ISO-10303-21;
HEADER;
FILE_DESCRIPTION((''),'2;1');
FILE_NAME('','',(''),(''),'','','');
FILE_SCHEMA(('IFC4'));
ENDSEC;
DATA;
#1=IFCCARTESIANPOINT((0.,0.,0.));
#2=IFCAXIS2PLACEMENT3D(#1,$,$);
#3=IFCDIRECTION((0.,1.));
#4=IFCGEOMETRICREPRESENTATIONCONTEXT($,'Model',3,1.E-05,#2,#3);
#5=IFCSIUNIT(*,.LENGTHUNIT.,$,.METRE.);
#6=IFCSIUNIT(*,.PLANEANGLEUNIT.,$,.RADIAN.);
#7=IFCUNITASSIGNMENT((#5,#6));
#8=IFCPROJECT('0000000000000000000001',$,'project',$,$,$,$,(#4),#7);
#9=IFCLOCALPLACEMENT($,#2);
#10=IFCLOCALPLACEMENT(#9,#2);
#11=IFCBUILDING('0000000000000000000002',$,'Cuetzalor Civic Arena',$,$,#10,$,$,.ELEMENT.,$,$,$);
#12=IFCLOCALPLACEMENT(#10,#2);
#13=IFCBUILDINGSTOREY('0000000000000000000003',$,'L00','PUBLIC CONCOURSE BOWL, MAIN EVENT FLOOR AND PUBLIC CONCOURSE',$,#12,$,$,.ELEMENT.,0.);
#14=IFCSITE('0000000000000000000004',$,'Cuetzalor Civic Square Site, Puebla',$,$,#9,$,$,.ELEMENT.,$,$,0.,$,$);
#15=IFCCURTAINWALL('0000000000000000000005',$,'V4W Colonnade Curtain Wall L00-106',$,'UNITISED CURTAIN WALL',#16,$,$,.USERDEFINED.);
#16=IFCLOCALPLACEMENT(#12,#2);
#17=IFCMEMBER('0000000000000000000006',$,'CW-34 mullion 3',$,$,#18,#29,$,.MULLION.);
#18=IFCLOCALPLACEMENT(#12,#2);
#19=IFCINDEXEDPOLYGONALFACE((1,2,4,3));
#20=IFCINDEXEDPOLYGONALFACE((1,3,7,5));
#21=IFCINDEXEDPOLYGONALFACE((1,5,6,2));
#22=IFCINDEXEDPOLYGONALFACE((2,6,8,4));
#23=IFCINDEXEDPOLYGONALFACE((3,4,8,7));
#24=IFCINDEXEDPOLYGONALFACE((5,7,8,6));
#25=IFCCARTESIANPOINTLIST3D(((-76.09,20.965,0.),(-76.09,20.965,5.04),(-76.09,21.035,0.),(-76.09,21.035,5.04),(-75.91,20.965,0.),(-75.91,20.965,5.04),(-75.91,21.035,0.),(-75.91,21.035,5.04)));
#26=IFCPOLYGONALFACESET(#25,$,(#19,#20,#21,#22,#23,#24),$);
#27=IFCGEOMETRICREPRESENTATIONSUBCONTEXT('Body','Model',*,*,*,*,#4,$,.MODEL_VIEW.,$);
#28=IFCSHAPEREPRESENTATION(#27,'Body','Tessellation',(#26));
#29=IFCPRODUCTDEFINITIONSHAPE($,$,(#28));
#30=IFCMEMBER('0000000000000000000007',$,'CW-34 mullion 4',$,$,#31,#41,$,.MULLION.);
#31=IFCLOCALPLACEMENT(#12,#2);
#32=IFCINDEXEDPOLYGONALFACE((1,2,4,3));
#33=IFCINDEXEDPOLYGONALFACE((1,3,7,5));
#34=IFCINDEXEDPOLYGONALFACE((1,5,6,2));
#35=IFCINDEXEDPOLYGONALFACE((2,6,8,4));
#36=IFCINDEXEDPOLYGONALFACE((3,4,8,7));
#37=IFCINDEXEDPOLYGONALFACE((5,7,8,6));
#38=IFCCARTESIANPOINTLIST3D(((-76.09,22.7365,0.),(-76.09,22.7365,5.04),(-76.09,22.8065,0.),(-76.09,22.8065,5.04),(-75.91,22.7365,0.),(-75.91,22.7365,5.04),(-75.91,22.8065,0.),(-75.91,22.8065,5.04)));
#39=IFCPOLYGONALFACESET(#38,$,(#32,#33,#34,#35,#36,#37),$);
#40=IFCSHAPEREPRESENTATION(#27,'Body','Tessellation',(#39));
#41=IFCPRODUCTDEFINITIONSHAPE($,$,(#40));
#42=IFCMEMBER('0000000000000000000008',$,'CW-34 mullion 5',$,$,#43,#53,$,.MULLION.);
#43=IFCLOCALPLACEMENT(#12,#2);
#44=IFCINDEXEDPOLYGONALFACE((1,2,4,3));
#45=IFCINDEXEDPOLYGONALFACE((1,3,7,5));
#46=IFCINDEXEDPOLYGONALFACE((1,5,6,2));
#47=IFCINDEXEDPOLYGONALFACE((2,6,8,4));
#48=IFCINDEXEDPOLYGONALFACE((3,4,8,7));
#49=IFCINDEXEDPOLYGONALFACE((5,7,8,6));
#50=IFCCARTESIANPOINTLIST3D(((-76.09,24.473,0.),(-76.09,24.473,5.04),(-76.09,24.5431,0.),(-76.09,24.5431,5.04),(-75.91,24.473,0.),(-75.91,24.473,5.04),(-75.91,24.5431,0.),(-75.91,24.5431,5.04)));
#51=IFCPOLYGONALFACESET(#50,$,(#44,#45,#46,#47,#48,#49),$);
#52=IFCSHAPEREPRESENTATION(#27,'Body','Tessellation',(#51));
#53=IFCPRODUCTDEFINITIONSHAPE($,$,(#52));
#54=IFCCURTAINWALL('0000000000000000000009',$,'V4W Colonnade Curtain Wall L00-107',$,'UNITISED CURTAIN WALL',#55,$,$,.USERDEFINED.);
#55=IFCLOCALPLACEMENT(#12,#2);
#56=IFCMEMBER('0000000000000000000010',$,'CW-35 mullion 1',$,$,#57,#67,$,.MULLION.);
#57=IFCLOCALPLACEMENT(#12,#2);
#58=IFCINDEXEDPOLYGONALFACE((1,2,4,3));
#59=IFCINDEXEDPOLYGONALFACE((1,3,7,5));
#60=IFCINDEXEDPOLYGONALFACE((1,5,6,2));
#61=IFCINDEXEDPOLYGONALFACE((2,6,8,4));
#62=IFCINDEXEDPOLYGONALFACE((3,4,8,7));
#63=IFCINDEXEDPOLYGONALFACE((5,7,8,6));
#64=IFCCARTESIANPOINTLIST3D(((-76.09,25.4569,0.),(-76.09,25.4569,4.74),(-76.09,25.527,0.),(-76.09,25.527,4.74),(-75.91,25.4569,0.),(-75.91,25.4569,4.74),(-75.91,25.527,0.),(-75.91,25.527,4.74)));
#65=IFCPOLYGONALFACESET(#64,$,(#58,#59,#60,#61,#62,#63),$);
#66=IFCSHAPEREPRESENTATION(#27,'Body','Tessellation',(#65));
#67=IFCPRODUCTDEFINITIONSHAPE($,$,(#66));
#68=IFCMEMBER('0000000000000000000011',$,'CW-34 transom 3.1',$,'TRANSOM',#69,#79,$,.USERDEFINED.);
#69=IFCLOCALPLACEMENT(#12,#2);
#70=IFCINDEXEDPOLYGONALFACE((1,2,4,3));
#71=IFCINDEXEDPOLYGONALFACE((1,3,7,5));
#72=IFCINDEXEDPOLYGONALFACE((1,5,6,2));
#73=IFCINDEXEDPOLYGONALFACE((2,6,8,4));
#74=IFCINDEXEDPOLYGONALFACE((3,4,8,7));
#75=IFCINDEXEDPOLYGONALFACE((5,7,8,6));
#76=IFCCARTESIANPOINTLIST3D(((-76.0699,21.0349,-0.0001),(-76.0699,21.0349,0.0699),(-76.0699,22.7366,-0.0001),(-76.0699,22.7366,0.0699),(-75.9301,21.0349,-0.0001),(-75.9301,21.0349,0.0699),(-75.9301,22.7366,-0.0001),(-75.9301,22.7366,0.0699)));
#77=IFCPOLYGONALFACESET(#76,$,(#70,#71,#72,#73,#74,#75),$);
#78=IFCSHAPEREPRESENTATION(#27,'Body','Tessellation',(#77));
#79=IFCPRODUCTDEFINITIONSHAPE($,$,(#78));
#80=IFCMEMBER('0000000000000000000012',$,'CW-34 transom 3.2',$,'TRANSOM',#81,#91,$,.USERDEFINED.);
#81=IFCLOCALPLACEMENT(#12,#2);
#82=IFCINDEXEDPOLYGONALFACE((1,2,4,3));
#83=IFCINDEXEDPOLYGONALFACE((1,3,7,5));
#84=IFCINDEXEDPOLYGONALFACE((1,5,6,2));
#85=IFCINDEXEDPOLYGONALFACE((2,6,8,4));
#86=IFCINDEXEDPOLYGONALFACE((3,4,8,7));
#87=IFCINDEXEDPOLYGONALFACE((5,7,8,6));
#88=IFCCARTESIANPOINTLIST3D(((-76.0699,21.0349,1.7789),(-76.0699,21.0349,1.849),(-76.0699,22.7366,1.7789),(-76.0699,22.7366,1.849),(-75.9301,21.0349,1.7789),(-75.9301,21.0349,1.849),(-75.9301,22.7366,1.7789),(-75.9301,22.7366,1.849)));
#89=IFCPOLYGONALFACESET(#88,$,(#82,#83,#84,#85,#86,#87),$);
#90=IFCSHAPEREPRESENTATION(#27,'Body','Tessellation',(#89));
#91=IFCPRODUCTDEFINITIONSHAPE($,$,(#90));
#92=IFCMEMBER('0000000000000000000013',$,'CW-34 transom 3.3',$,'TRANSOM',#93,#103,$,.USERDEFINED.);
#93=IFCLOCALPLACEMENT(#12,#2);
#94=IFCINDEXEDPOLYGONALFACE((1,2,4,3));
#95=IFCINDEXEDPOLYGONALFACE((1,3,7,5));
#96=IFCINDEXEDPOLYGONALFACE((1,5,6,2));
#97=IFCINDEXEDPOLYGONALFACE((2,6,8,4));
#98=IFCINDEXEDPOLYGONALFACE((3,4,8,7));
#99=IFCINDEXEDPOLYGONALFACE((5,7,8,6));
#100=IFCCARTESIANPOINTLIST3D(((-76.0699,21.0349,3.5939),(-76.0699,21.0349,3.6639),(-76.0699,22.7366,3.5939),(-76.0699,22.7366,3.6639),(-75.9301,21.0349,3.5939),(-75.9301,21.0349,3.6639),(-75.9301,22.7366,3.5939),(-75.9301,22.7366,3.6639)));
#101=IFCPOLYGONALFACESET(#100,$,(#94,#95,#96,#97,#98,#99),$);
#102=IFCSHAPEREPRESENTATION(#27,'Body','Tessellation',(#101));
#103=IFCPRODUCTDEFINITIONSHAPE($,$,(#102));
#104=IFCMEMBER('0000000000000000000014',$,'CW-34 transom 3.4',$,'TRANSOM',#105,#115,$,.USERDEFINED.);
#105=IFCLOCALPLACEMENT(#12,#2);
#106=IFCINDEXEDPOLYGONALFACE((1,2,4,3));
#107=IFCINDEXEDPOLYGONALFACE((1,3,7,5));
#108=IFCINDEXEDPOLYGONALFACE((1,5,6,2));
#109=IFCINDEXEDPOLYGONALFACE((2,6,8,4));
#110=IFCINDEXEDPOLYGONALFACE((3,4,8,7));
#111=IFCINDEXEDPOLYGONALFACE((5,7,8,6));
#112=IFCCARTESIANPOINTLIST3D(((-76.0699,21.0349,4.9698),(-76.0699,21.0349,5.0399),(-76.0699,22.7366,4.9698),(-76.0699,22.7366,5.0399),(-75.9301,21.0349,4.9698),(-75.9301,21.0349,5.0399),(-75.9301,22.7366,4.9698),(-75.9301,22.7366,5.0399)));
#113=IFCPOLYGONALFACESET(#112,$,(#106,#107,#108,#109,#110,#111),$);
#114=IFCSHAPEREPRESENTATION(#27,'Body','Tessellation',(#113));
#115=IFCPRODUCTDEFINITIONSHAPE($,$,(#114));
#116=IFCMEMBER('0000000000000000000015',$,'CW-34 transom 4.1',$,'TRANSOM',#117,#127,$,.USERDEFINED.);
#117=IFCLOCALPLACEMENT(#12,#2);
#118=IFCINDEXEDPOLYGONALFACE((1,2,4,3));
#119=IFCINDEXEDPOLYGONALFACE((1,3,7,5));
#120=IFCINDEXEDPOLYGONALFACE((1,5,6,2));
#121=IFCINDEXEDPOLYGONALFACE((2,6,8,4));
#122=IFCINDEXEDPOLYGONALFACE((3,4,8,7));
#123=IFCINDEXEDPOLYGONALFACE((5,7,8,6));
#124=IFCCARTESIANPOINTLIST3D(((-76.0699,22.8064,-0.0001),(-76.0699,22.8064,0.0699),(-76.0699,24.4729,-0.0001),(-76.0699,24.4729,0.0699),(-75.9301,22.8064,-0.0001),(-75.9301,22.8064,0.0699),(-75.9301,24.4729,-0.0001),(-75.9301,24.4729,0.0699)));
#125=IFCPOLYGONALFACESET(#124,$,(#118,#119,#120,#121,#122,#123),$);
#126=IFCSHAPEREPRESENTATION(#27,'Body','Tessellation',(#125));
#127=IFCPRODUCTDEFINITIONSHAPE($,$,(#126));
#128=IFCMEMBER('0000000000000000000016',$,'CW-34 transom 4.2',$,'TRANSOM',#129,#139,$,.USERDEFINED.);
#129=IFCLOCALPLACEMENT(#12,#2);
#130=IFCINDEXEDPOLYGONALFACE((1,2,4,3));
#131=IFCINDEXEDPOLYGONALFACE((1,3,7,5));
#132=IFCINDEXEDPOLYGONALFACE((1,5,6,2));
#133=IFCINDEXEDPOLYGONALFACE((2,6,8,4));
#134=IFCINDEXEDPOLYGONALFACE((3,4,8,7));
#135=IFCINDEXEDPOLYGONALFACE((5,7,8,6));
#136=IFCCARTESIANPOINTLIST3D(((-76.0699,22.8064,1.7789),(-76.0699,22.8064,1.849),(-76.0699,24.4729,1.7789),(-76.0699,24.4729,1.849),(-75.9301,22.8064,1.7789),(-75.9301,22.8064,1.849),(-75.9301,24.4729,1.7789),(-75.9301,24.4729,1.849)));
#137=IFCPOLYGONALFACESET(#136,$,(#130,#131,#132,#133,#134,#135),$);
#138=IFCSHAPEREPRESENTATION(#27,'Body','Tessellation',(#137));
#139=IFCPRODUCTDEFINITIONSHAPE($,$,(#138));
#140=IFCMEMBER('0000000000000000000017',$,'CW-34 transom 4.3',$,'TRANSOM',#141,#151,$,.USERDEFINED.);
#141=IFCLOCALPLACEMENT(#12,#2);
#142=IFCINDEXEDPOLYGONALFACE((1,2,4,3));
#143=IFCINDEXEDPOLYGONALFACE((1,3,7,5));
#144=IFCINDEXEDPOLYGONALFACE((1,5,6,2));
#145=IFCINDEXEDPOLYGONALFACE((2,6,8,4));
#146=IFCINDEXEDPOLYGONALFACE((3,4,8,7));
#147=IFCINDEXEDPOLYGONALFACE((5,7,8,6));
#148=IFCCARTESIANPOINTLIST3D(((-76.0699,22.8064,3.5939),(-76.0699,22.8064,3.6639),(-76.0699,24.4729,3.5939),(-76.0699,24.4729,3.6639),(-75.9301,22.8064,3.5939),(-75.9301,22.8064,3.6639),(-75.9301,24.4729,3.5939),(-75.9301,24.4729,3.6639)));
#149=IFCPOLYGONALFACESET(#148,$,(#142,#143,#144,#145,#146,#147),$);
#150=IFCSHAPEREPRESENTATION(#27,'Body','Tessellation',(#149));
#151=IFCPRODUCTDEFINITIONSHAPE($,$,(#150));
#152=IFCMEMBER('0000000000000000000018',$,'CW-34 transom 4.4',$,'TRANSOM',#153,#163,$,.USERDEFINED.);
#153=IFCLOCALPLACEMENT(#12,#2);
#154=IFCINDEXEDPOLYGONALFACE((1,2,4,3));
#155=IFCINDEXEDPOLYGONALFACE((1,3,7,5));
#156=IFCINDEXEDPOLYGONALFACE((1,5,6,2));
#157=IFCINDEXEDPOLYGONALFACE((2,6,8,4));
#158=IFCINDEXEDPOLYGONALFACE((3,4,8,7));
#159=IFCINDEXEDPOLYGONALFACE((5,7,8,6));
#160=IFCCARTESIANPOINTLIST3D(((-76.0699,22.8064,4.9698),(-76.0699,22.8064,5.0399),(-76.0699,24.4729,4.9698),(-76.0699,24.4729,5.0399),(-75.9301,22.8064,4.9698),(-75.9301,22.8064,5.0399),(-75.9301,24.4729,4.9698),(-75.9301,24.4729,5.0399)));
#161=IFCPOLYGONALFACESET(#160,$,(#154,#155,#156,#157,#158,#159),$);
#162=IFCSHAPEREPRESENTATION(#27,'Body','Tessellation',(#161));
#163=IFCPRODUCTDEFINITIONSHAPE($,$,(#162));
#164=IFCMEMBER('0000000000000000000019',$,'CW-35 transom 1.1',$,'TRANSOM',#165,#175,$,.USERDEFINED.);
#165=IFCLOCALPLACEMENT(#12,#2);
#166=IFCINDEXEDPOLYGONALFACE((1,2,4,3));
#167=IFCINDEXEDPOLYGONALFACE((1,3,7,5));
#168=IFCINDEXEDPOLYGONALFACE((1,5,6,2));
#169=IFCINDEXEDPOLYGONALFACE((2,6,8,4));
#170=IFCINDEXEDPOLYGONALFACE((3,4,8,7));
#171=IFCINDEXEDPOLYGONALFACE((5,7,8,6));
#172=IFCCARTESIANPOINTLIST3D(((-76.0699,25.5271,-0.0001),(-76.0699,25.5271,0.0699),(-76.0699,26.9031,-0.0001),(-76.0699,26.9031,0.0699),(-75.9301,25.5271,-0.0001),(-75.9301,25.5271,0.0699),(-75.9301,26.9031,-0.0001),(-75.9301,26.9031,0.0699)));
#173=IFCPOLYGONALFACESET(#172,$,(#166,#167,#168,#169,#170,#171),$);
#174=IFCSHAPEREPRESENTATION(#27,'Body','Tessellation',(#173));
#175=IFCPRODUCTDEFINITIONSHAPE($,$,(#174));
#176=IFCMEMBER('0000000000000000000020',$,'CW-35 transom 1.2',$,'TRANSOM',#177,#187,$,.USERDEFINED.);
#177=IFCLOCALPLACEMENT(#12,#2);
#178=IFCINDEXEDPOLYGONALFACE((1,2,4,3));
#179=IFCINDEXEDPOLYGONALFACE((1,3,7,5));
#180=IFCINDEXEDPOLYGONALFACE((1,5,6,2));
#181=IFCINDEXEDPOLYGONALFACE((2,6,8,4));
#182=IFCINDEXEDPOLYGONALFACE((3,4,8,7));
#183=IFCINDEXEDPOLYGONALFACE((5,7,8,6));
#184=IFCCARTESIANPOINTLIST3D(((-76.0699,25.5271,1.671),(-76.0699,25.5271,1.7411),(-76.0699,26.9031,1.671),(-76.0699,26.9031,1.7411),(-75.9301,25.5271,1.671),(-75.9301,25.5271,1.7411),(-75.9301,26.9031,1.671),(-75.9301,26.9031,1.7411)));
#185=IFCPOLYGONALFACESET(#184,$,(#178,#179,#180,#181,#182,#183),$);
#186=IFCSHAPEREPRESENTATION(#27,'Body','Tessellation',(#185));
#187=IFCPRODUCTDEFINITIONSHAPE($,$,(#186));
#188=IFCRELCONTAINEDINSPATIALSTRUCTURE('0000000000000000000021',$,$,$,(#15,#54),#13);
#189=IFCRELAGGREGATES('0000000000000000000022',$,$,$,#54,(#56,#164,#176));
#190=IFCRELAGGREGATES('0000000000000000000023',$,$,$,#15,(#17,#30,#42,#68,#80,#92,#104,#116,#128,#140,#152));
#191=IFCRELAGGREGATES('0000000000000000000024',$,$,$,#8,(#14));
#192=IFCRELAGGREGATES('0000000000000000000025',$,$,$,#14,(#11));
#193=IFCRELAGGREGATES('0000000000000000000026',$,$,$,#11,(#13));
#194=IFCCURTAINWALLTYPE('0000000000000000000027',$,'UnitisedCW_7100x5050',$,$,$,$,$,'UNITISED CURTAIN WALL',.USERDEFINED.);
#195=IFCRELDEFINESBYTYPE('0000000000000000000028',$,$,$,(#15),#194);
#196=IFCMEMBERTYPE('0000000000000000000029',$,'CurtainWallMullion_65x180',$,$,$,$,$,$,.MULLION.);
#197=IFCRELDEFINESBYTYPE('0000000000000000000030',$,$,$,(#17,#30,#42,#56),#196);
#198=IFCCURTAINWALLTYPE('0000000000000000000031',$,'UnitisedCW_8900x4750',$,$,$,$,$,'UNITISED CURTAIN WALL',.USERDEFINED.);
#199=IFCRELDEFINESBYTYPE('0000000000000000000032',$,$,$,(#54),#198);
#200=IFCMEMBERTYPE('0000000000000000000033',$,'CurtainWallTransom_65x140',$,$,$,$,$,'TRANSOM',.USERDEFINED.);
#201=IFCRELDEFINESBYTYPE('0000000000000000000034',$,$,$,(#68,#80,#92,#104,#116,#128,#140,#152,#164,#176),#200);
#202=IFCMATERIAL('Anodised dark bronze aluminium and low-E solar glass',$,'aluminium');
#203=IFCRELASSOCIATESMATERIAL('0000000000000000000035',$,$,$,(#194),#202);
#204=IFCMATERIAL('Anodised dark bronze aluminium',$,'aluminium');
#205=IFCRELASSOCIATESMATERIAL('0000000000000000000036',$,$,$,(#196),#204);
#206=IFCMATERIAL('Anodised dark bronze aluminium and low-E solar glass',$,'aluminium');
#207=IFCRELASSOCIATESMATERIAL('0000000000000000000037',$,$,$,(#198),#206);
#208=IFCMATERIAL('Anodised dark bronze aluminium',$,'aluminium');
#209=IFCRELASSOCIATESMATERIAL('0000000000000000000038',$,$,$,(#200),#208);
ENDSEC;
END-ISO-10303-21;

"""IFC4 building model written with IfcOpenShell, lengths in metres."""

from ifc_helpers import new_model, si_unit, direction, frame, origin, origin_2d, place, context, subcontext, project, spatial, rectangle, extrude, material, material_profile, profile_set, type_object, element, aggregate, save


model = new_model("IFC4")

# Units and contexts
model_context = context("Model", 3, precision=1e-05, world=origin(), true_north=direction((0.0, 1.0)))
body_context = subcontext(model_context, "Body", "Model", "MODEL_VIEW")
ifc_project = project(units=[si_unit("LENGTHUNIT", "METRE"), si_unit("PLANEANGLEUNIT", "RADIAN")], contexts=[model_context])

# Site, building, storey
site_placement = place(None, origin())
site = spatial("IfcSite", under=ifc_project, at=site_placement, Name="Cuetzalor Civic Square Site, Puebla", CompositionType="ELEMENT", RefElevation=0.0)
building_placement = place(site_placement, origin())
building = spatial("IfcBuilding", under=site, at=building_placement, Name="Cuetzalor Civic Arena", CompositionType="ELEMENT")
storey_placement = place(building_placement, origin())
storey = spatial("IfcBuildingStorey", under=building, at=storey_placement, Name="L00", Description="PUBLIC CONCOURSE BOWL, MAIN EVENT FLOOR AND PUBLIC CONCOURSE", CompositionType="ELEMENT", Elevation=0.0)

# Curtain wall, members
ifc_material_1 = material(Name="Anodised dark bronze aluminium and low-E solar glass", Category="aluminium")
curtain_wall_type_1 = type_object("IfcCurtainWallType", Name="UnitisedCW_7100x5050", ElementType="UNITISED CURTAIN WALL", PredefinedType="USERDEFINED", material=ifc_material_1)
curtain_wall_1_placement = place(storey_placement, origin())
curtain_wall_1 = element("IfcCurtainWall", 1, at=curtain_wall_1_placement, inside=storey, type_object=curtain_wall_type_1, Name="V4W Colonnade Curtain Wall L00-106", ObjectType="UNITISED CURTAIN WALL", PredefinedType="USERDEFINED")
ifc_material_2 = material(Name="Anodised dark bronze aluminium", Category="aluminium")
ifc_material_profile_1 = material_profile(ifc_material_2, rectangle(XDim=0.0701, YDim=0.1799, at=origin_2d()), Name="ALU MULLION 70x180")
ifc_profile_set_1 = profile_set([ifc_material_profile_1], Name="Anodised dark bronze aluminium")
member_type_1 = type_object("IfcMemberType", Name="CurtainWallMullion_65x180", PredefinedType="MULLION", material=ifc_profile_set_1)
member_1_placement = place(storey_placement, frame((-76.0, 21.0, 0.0), z_axis=(0.0, 0.0, 1.0), x_axis=(0.0, 1.0, 0.0)))
member_1 = element("IfcMember", 2, at=member_1_placement, type_object=member_type_1, Name="CW-34 mullion 3", PredefinedType="MULLION", context=body_context, shape_type="SweptSolid", body=[
    extrude(rectangle(XDim=0.0701, YDim=0.1799, at=origin_2d()), origin(), (0.0, 0.0, 1.0), 5.04),
])
member_2_placement = place(storey_placement, frame((-76.0, 22.7715, 0.0), z_axis=(0.0, 0.0, 1.0), x_axis=(0.0, 1.0, 0.0)))
member_2 = element("IfcMember", 3, at=member_2_placement, type_object=member_type_1, Name="CW-34 mullion 4", PredefinedType="MULLION", context=body_context, shape_type="SweptSolid", body=[
    extrude(rectangle(XDim=0.0701, YDim=0.1799, at=origin_2d()), origin(), (0.0, 0.0, 1.0), 5.04),
])
member_3_placement = place(storey_placement, frame((-76.0, 24.5081, 0.0), z_axis=(0.0, 0.0, 1.0), x_axis=(0.0, 1.0, 0.0)))
member_3 = element("IfcMember", 4, at=member_3_placement, type_object=member_type_1, Name="CW-34 mullion 5", PredefinedType="MULLION", context=body_context, shape_type="SweptSolid", body=[
    extrude(rectangle(XDim=0.0701, YDim=0.1799, at=origin_2d()), origin(), (0.0, 0.0, 1.0), 5.04),
])

# Curtain wall, member
ifc_material_3 = material(Name="Anodised dark bronze aluminium and low-E solar glass", Category="aluminium")
curtain_wall_type_2 = type_object("IfcCurtainWallType", Name="UnitisedCW_8900x4750", ElementType="UNITISED CURTAIN WALL", PredefinedType="USERDEFINED", material=ifc_material_3)
curtain_wall_2_placement = place(storey_placement, origin())
curtain_wall_2 = element("IfcCurtainWall", 5, at=curtain_wall_2_placement, inside=storey, type_object=curtain_wall_type_2, Name="V4W Colonnade Curtain Wall L00-107", ObjectType="UNITISED CURTAIN WALL", PredefinedType="USERDEFINED")
member_4_placement = place(storey_placement, frame((-76.0, 25.4919, 0.0), z_axis=(0.0, 0.0, 1.0), x_axis=(0.0, 1.0, 0.0)))
member_4 = element("IfcMember", 6, at=member_4_placement, type_object=member_type_1, Name="CW-35 mullion 1", PredefinedType="MULLION", context=body_context, shape_type="SweptSolid", body=[
    extrude(rectangle(XDim=0.0701, YDim=0.1799, at=origin_2d()), origin(), (0.0, 0.0, 1.0), 4.74),
])

# Members
ifc_material_4 = material(Name="Anodised dark bronze aluminium", Category="aluminium")
ifc_material_profile_2 = material_profile(ifc_material_4, rectangle(XDim=0.1399, YDim=0.0701, at=origin_2d()), Name="ALU TRANSOM 70x140")
ifc_profile_set_2 = profile_set([ifc_material_profile_2], Name="Anodised dark bronze aluminium")
member_type_2 = type_object("IfcMemberType", Name="CurtainWallTransom_65x140", ElementType="TRANSOM", PredefinedType="USERDEFINED", material=ifc_profile_set_2)
member_5_placement = place(storey_placement, frame((-76.0, 21.0349, 0.0349), z_axis=(0.0, 1.0, 0.0), x_axis=(-1.0, 0.0, 0.0)))
member_5 = element("IfcMember", 7, at=member_5_placement, type_object=member_type_2, Name="CW-34 transom 3.1", ObjectType="TRANSOM", PredefinedType="USERDEFINED", context=body_context, shape_type="SweptSolid", body=[
    extrude(rectangle(XDim=0.1399, YDim=0.0701, at=origin_2d()), origin(), (0.0, 0.0, 1.0), 1.7017),
])
member_6_placement = place(storey_placement, frame((-76.0, 21.0349, 1.814), z_axis=(0.0, 1.0, 0.0), x_axis=(-1.0, 0.0, 0.0)))
member_6 = element("IfcMember", 8, at=member_6_placement, type_object=member_type_2, Name="CW-34 transom 3.2", ObjectType="TRANSOM", PredefinedType="USERDEFINED", context=body_context, shape_type="SweptSolid", body=[
    extrude(rectangle(XDim=0.1399, YDim=0.0701, at=origin_2d()), origin(), (0.0, 0.0, 1.0), 1.7017),
])
member_7_placement = place(storey_placement, frame((-76.0, 21.0349, 3.6289), z_axis=(0.0, 1.0, 0.0), x_axis=(-1.0, 0.0, 0.0)))
member_7 = element("IfcMember", 9, at=member_7_placement, type_object=member_type_2, Name="CW-34 transom 3.3", ObjectType="TRANSOM", PredefinedType="USERDEFINED", context=body_context, shape_type="SweptSolid", body=[
    extrude(rectangle(XDim=0.1399, YDim=0.0701, at=origin_2d()), origin(), (0.0, 0.0, 1.0), 1.7017),
])
member_8_placement = place(storey_placement, frame((-76.0, 21.0349, 5.0049), z_axis=(0.0, 1.0, 0.0), x_axis=(-1.0, 0.0, 0.0)))
member_8 = element("IfcMember", 10, at=member_8_placement, type_object=member_type_2, Name="CW-34 transom 3.4", ObjectType="TRANSOM", PredefinedType="USERDEFINED", context=body_context, shape_type="SweptSolid", body=[
    extrude(rectangle(XDim=0.1399, YDim=0.0701, at=origin_2d()), origin(), (0.0, 0.0, 1.0), 1.7017),
])
member_9_placement = place(storey_placement, frame((-76.0, 22.8064, 0.0349), z_axis=(0.0, 1.0, 0.0), x_axis=(-1.0, 0.0, 0.0)))
member_9 = element("IfcMember", 11, at=member_9_placement, type_object=member_type_2, Name="CW-34 transom 4.1", ObjectType="TRANSOM", PredefinedType="USERDEFINED", context=body_context, shape_type="SweptSolid", body=[
    extrude(rectangle(XDim=0.1399, YDim=0.0701, at=origin_2d()), origin(), (0.0, 0.0, 1.0), 1.6665),
])
member_10_placement = place(storey_placement, frame((-76.0, 22.8064, 1.814), z_axis=(0.0, 1.0, 0.0), x_axis=(-1.0, 0.0, 0.0)))
member_10 = element("IfcMember", 12, at=member_10_placement, type_object=member_type_2, Name="CW-34 transom 4.2", ObjectType="TRANSOM", PredefinedType="USERDEFINED", context=body_context, shape_type="SweptSolid", body=[
    extrude(rectangle(XDim=0.1399, YDim=0.0701, at=origin_2d()), origin(), (0.0, 0.0, 1.0), 1.6665),
])
member_11_placement = place(storey_placement, frame((-76.0, 22.8064, 3.6289), z_axis=(0.0, 1.0, 0.0), x_axis=(-1.0, 0.0, 0.0)))
member_11 = element("IfcMember", 13, at=member_11_placement, type_object=member_type_2, Name="CW-34 transom 4.3", ObjectType="TRANSOM", PredefinedType="USERDEFINED", context=body_context, shape_type="SweptSolid", body=[
    extrude(rectangle(XDim=0.1399, YDim=0.0701, at=origin_2d()), origin(), (0.0, 0.0, 1.0), 1.6665),
])
member_12_placement = place(storey_placement, frame((-76.0, 22.8064, 5.0049), z_axis=(0.0, 1.0, 0.0), x_axis=(-1.0, 0.0, 0.0)))
member_12 = element("IfcMember", 14, at=member_12_placement, type_object=member_type_2, Name="CW-34 transom 4.4", ObjectType="TRANSOM", PredefinedType="USERDEFINED", context=body_context, shape_type="SweptSolid", body=[
    extrude(rectangle(XDim=0.1399, YDim=0.0701, at=origin_2d()), origin(), (0.0, 0.0, 1.0), 1.6665),
])
member_13_placement = place(storey_placement, frame((-76.0, 25.5271, 0.0349), z_axis=(0.0, 1.0, 0.0), x_axis=(-1.0, 0.0, 0.0)))
member_13 = element("IfcMember", 15, at=member_13_placement, type_object=member_type_2, Name="CW-35 transom 1.1", ObjectType="TRANSOM", PredefinedType="USERDEFINED", context=body_context, shape_type="SweptSolid", body=[
    extrude(rectangle(XDim=0.1399, YDim=0.0701, at=origin_2d()), origin(), (0.0, 0.0, 1.0), 1.376),
])
member_14_placement = place(storey_placement, frame((-76.0, 25.5271, 1.7061), z_axis=(0.0, 1.0, 0.0), x_axis=(-1.0, 0.0, 0.0)))
member_14 = element("IfcMember", 16, at=member_14_placement, type_object=member_type_2, Name="CW-35 transom 1.2", ObjectType="TRANSOM", PredefinedType="USERDEFINED", context=body_context, shape_type="SweptSolid", body=[
    extrude(rectangle(XDim=0.1399, YDim=0.0701, at=origin_2d()), origin(), (0.0, 0.0, 1.0), 1.376),
])
aggregate(curtain_wall_2, [member_4, member_13, member_14])

aggregate(curtain_wall_1, [member_1, member_2, member_3, member_5, member_6, member_7, member_8, member_9, member_10, member_11, member_12])

save(model, "model.ifc")
